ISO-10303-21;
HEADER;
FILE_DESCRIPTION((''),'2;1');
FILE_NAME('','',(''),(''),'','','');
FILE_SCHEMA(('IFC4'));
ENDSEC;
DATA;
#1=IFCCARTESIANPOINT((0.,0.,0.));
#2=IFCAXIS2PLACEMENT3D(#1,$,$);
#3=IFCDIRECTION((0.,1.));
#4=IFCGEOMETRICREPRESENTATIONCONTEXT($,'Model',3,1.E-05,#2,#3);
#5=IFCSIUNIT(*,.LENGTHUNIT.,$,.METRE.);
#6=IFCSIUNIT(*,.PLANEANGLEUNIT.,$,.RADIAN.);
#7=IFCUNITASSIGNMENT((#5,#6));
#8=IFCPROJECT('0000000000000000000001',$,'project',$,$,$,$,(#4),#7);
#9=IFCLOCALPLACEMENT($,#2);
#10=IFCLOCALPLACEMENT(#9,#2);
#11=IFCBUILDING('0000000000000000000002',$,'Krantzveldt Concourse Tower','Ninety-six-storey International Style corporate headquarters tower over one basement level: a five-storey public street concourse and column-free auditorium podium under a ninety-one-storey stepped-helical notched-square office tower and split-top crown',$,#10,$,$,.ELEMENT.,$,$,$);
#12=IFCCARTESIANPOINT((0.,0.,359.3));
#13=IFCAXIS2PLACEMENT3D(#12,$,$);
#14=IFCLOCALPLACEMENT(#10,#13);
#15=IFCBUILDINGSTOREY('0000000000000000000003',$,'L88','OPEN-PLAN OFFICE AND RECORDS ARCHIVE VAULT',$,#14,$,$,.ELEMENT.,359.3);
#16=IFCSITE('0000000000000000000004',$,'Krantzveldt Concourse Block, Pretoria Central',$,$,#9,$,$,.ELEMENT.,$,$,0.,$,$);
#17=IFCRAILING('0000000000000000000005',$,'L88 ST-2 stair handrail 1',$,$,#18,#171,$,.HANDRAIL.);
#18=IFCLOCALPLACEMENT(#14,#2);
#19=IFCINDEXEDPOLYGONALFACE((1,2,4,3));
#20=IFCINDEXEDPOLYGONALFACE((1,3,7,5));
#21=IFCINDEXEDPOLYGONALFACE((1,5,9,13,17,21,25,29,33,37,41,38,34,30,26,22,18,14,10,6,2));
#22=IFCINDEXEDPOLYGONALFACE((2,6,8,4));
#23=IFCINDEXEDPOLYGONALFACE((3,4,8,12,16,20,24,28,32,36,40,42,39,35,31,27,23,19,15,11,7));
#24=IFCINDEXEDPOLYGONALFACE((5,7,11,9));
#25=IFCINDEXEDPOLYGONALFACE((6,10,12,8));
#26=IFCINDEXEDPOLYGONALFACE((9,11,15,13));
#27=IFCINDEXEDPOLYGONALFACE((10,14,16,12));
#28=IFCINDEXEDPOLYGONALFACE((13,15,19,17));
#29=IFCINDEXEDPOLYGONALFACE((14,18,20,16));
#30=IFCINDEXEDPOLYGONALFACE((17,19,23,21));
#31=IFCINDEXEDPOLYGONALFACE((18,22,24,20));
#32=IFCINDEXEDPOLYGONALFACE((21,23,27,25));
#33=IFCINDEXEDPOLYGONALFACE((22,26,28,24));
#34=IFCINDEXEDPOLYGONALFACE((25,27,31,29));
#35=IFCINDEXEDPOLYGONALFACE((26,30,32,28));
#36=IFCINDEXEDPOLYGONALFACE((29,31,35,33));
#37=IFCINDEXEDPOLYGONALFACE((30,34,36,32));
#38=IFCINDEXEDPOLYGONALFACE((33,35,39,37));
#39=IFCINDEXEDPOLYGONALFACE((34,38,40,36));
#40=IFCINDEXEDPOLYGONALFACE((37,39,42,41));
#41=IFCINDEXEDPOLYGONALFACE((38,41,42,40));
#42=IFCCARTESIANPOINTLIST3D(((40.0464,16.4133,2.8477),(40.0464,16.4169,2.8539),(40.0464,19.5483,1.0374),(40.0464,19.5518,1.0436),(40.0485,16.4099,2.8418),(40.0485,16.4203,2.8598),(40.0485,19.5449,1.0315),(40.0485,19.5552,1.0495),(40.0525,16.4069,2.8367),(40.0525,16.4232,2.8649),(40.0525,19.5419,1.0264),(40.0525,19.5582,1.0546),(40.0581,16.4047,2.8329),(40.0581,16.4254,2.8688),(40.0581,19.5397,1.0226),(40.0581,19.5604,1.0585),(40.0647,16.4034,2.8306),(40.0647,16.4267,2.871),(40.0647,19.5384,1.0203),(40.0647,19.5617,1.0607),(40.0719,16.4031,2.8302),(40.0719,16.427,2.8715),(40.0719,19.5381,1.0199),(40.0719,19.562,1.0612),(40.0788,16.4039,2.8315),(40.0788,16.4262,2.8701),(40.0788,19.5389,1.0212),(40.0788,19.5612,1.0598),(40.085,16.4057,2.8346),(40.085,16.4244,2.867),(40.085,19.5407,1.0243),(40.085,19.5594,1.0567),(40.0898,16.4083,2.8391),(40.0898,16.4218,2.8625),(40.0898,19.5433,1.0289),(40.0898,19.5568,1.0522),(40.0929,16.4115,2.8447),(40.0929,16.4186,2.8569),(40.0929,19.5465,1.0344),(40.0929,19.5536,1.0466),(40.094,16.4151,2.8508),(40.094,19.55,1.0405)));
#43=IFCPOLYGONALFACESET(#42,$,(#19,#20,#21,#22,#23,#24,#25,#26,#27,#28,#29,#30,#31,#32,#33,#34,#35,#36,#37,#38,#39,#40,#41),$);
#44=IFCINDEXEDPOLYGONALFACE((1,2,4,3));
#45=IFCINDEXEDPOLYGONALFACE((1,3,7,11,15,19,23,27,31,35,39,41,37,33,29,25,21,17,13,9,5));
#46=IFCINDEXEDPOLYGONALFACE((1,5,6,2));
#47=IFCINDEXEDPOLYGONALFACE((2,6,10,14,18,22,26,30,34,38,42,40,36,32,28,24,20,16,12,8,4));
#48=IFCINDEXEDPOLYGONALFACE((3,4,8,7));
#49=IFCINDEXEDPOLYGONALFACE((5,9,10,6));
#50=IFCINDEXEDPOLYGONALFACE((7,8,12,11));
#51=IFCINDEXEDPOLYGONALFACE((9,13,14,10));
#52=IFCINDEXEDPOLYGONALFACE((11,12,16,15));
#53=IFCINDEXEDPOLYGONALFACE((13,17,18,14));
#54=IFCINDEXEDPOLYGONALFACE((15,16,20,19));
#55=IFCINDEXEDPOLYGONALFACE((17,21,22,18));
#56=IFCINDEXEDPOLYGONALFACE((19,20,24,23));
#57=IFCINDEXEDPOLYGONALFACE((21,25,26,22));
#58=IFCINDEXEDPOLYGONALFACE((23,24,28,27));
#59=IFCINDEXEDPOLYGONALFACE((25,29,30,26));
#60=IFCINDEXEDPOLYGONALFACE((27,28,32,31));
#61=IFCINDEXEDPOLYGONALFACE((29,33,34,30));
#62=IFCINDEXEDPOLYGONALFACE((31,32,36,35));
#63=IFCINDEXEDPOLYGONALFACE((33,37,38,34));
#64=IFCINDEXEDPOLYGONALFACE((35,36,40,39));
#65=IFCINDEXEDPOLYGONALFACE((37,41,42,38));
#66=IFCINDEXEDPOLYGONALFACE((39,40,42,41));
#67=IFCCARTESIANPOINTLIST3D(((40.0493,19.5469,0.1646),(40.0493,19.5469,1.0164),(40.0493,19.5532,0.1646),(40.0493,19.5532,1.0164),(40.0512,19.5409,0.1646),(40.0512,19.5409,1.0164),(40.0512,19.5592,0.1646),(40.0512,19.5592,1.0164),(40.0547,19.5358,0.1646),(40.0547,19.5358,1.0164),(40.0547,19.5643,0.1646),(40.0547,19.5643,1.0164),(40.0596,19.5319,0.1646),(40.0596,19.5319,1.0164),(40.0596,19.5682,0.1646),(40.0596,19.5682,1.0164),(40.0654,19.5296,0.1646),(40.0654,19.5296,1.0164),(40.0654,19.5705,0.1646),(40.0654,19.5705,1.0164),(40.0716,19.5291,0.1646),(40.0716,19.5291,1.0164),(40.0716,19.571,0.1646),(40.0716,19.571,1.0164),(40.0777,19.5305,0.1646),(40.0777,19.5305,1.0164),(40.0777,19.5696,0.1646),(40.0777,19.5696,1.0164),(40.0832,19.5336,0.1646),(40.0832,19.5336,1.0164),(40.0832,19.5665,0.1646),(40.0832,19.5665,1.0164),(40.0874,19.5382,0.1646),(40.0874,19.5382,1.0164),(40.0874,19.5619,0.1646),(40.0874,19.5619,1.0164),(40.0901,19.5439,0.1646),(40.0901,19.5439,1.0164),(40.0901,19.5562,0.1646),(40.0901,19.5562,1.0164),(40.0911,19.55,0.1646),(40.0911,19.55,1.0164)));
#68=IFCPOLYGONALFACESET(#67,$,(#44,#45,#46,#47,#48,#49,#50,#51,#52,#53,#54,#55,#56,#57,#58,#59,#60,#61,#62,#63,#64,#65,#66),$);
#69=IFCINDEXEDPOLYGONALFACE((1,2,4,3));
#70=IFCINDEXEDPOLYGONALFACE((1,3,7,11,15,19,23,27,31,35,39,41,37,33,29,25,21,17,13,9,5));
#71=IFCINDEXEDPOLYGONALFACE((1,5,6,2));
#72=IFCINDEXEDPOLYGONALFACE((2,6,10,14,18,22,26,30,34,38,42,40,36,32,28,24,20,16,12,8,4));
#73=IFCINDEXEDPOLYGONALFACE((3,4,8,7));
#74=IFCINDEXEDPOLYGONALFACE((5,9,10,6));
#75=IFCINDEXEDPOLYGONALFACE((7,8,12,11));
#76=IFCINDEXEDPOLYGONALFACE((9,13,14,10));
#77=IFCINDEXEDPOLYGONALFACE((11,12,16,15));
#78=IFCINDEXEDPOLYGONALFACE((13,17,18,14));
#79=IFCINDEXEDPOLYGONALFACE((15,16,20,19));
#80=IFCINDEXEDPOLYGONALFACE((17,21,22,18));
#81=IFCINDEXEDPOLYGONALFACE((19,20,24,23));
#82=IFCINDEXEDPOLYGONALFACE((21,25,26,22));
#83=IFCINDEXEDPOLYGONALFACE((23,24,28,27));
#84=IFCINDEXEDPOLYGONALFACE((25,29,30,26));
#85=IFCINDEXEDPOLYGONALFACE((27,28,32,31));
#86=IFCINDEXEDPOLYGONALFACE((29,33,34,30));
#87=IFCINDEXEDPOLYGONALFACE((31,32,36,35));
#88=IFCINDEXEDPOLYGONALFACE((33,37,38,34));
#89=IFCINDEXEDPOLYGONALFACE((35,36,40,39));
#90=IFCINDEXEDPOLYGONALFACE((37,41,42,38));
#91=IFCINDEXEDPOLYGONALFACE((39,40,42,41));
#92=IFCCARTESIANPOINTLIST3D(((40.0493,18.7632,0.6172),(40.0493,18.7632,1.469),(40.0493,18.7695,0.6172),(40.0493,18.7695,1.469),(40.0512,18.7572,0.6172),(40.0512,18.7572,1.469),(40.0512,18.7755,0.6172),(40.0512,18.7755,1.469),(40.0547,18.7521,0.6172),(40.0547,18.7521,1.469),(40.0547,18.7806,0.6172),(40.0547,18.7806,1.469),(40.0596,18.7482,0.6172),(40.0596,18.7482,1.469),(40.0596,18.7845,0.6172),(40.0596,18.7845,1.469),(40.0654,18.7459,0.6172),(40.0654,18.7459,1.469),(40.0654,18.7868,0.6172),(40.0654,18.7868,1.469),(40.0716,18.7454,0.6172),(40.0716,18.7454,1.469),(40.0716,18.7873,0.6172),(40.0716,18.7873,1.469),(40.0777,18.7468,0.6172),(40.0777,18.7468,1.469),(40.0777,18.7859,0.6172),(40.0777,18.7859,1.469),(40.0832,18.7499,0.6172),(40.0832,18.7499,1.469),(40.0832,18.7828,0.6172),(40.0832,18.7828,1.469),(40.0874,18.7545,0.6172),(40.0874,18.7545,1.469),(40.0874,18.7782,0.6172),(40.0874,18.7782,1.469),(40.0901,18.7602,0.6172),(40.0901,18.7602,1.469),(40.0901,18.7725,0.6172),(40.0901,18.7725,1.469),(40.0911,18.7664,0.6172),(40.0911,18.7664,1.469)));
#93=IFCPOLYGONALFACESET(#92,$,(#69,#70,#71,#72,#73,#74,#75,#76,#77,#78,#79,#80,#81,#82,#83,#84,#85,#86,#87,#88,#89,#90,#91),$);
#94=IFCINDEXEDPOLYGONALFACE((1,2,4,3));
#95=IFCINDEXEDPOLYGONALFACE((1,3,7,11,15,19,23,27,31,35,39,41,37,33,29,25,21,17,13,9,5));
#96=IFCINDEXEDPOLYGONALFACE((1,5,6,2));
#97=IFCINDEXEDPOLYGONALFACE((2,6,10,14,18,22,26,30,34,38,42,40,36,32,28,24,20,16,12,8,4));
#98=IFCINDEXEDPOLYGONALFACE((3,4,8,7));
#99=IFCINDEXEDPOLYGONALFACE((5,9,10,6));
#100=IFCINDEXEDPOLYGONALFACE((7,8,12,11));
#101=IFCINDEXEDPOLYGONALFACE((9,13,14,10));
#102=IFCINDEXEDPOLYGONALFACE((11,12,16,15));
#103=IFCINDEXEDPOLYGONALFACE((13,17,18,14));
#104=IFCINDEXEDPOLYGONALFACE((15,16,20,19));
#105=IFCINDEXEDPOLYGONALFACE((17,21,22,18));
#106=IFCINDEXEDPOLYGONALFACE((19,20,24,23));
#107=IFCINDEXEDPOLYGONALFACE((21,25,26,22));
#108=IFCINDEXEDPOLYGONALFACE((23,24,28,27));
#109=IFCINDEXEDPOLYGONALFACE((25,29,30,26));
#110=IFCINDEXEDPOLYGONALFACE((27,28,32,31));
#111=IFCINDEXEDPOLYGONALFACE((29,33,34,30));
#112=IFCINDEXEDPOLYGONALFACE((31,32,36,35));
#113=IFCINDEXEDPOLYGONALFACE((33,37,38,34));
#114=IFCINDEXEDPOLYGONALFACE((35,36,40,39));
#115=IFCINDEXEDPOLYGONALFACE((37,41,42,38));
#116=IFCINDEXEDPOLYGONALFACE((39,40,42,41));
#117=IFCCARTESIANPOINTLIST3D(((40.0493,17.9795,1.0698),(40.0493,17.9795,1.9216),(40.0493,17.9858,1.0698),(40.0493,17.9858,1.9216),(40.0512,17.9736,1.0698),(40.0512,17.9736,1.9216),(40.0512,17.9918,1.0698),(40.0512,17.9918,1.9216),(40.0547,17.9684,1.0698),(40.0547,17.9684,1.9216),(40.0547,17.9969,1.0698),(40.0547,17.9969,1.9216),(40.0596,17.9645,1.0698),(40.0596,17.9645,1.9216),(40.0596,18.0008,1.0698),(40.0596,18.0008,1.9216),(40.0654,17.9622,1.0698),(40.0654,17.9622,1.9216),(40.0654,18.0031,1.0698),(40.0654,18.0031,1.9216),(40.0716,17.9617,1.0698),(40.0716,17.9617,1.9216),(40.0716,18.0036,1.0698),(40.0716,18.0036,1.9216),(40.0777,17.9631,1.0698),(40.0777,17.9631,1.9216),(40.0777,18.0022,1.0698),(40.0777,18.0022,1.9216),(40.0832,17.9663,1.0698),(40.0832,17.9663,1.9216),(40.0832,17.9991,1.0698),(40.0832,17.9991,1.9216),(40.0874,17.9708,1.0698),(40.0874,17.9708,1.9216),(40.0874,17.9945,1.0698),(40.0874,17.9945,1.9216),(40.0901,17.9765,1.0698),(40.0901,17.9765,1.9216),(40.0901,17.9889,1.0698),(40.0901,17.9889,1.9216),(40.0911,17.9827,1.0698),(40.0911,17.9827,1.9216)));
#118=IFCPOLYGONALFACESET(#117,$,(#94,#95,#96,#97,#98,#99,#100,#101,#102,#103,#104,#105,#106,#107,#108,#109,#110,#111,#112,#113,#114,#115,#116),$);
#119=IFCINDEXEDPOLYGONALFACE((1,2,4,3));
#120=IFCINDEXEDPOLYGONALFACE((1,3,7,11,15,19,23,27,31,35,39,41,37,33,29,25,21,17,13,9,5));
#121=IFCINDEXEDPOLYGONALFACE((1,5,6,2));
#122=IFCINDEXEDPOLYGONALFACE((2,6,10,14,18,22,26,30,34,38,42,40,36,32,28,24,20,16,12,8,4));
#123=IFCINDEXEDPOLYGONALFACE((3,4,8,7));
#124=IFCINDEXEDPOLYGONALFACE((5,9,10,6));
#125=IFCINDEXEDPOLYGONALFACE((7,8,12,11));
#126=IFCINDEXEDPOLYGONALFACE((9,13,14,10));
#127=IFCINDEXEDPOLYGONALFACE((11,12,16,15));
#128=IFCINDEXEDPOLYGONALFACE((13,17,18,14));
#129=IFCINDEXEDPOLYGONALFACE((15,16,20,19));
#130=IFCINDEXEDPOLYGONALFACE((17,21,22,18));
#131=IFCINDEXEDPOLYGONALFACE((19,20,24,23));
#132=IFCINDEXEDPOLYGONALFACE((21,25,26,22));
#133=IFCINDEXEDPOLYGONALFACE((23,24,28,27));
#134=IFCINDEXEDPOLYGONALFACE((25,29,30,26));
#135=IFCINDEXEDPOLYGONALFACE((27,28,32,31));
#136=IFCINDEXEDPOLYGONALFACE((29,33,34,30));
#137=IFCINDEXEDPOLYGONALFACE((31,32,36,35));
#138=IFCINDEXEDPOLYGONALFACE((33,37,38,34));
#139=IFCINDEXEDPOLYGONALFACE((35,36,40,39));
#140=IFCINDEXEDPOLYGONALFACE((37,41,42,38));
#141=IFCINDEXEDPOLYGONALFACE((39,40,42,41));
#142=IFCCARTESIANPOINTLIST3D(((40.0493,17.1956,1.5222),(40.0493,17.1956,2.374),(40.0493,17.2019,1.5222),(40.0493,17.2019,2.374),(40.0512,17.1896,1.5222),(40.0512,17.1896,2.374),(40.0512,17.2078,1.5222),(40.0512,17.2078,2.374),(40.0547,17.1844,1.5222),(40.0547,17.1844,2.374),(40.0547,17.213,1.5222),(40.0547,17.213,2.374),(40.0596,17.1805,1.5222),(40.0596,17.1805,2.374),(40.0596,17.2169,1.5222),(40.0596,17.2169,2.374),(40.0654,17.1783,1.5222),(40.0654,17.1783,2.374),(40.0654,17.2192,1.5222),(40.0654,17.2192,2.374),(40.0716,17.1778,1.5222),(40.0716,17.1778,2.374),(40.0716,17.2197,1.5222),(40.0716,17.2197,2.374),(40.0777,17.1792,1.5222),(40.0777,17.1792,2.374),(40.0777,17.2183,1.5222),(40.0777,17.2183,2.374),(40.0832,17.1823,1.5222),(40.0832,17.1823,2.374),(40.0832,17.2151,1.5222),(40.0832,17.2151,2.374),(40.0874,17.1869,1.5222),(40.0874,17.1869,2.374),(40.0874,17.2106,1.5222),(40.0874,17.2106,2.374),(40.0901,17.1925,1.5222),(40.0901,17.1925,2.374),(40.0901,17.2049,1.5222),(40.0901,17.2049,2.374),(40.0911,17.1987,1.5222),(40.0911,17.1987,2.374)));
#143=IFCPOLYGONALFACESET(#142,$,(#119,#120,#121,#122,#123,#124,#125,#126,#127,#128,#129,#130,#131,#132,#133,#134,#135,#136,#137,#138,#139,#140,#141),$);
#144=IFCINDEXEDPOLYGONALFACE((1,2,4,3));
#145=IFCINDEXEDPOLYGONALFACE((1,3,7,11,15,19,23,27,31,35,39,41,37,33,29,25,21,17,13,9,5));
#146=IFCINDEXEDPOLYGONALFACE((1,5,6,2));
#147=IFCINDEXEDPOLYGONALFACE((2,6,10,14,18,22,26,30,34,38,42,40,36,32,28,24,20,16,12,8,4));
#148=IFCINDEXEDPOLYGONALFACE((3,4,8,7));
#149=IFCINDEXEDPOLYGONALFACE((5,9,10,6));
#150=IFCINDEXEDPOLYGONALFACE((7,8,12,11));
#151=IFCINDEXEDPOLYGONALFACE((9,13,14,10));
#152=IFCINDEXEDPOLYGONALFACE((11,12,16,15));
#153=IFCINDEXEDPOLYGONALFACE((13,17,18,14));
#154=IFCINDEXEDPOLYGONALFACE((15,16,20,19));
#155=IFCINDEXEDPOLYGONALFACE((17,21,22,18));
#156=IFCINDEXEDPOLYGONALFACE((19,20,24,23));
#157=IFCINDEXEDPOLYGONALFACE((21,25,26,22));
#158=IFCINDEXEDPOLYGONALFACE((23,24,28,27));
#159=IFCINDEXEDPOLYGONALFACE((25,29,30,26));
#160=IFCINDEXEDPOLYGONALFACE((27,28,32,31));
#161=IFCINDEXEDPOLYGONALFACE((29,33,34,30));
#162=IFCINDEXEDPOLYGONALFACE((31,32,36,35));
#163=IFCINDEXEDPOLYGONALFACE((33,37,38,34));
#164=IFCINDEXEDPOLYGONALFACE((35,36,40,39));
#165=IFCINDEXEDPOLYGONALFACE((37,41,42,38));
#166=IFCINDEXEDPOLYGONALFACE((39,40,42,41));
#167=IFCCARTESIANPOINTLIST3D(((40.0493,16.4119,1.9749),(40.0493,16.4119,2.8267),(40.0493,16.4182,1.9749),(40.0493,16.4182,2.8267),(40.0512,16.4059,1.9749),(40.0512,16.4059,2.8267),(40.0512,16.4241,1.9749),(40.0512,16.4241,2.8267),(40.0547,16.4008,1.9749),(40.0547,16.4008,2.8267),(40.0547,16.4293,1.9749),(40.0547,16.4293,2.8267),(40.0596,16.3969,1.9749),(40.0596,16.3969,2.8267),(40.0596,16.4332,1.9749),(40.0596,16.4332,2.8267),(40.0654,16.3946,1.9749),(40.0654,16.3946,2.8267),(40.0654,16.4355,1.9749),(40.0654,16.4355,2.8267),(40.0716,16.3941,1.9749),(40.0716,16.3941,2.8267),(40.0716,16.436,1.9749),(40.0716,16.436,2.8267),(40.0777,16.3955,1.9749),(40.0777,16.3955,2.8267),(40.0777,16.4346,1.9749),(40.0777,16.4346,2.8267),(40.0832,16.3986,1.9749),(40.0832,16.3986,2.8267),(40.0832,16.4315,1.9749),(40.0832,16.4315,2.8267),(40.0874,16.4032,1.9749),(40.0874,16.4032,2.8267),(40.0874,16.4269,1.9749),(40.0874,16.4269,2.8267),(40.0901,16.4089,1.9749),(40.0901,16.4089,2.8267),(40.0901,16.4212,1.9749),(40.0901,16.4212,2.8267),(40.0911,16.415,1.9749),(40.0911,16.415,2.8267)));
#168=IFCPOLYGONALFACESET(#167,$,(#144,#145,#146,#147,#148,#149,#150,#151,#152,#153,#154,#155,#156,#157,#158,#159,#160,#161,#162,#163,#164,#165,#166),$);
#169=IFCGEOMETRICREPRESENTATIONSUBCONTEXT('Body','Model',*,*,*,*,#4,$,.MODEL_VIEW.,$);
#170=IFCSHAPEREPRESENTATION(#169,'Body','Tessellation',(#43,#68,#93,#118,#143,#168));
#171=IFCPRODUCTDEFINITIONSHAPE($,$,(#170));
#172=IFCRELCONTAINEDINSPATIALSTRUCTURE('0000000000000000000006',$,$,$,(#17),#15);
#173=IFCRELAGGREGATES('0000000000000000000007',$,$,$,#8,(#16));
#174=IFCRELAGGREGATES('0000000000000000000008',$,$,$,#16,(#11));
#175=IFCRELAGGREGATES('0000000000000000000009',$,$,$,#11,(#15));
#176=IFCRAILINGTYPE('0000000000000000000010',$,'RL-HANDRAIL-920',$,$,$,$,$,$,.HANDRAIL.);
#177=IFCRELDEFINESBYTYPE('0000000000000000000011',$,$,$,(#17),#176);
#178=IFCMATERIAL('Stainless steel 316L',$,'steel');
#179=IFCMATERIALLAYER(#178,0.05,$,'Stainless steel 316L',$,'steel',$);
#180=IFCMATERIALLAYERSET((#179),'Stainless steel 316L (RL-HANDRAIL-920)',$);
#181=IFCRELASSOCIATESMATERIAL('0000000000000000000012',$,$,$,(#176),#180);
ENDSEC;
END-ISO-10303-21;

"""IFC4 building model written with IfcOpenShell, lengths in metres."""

from ifc_helpers import new_model, si_unit, direction, frame, origin, origin_2d, place, context, subcontext, project, spatial, circle, extrude, material, layer, layer_set, type_object, element, save


model = new_model("IFC4")

# Units and contexts
model_context = context("Model", 3, precision=1e-05, world=origin(), true_north=direction((0.0, 1.0)))
body_context = subcontext(model_context, "Body", "Model", "MODEL_VIEW")
ifc_project = project(units=[si_unit("LENGTHUNIT", "METRE"), si_unit("PLANEANGLEUNIT", "RADIAN")], contexts=[model_context])

# Site, building, storey
site_placement = place(None, origin())
site = spatial("IfcSite", under=ifc_project, at=site_placement, Name="Krantzveldt Concourse Block, Pretoria Central", CompositionType="ELEMENT", RefElevation=0.0)
building_placement = place(site_placement, origin())
building = spatial("IfcBuilding", under=site, at=building_placement, Name="Krantzveldt Concourse Tower", Description="Ninety-six-storey International Style corporate headquarters tower over one basement level: a five-storey public street concourse and column-free auditorium podium under a ninety-one-storey stepped-helical notched-square office tower and split-top crown", CompositionType="ELEMENT")
storey_placement = place(building_placement, frame((0.0, 0.0, 359.3)))
storey = spatial("IfcBuildingStorey", under=building, at=storey_placement, Name="L88", Description="OPEN-PLAN OFFICE AND RECORDS ARCHIVE VAULT", CompositionType="ELEMENT", Elevation=359.3)

# Shared definitions
ifc_material_1 = material(Name="Stainless steel 316L", Category="steel")

# Railing
ifc_layer_1 = layer(ifc_material_1, 0.05, Name="Stainless steel 316L", Category="steel")
ifc_layer_set_1 = layer_set([ifc_layer_1], Name="Stainless steel 316L (RL-HANDRAIL-920)")
railing_type_1 = type_object("IfcRailingType", Name="RL-HANDRAIL-920", PredefinedType="HANDRAIL", material=ifc_layer_set_1)
railing_1_placement = place(storey_placement, frame((40.0701, 19.55, 0.1646)))
element("IfcRailing", 1, at=railing_1_placement, inside=storey, type_object=railing_type_1, Name="L88 ST-2 stair handrail 1", PredefinedType="HANDRAIL", context=body_context, shape_type="SweptSolid", body=[
    extrude(circle(Radius=0.0239, at=origin_2d()), frame((0.0, 0.0, 0.876), z_axis=(0.0, -0.865989, 0.500063), x_axis=(1.0, 0.0, 0.0)), (0.0, 0.0, 1.0), 3.6201),
    extrude(circle(Radius=0.021, at=origin_2d()), origin(), (0.0, 0.0, 1.0), 0.8518),
    extrude(circle(Radius=0.021, at=origin_2d()), frame((0.0, -0.7837, 0.4526)), (0.0, 0.0, 1.0), 0.8518),
    extrude(circle(Radius=0.021, at=origin_2d()), frame((0.0, -1.5674, 0.9053)), (0.0, 0.0, 1.0), 0.8518),
    extrude(circle(Radius=0.021, at=origin_2d()), frame((0.0, -2.3513, 1.3577)), (0.0, 0.0, 1.0), 0.8518),
    extrude(circle(Radius=0.021, at=origin_2d()), frame((0.0, -3.135, 1.8103)), (0.0, 0.0, 1.0), 0.8518),
])

save(model, "model.ifc")
